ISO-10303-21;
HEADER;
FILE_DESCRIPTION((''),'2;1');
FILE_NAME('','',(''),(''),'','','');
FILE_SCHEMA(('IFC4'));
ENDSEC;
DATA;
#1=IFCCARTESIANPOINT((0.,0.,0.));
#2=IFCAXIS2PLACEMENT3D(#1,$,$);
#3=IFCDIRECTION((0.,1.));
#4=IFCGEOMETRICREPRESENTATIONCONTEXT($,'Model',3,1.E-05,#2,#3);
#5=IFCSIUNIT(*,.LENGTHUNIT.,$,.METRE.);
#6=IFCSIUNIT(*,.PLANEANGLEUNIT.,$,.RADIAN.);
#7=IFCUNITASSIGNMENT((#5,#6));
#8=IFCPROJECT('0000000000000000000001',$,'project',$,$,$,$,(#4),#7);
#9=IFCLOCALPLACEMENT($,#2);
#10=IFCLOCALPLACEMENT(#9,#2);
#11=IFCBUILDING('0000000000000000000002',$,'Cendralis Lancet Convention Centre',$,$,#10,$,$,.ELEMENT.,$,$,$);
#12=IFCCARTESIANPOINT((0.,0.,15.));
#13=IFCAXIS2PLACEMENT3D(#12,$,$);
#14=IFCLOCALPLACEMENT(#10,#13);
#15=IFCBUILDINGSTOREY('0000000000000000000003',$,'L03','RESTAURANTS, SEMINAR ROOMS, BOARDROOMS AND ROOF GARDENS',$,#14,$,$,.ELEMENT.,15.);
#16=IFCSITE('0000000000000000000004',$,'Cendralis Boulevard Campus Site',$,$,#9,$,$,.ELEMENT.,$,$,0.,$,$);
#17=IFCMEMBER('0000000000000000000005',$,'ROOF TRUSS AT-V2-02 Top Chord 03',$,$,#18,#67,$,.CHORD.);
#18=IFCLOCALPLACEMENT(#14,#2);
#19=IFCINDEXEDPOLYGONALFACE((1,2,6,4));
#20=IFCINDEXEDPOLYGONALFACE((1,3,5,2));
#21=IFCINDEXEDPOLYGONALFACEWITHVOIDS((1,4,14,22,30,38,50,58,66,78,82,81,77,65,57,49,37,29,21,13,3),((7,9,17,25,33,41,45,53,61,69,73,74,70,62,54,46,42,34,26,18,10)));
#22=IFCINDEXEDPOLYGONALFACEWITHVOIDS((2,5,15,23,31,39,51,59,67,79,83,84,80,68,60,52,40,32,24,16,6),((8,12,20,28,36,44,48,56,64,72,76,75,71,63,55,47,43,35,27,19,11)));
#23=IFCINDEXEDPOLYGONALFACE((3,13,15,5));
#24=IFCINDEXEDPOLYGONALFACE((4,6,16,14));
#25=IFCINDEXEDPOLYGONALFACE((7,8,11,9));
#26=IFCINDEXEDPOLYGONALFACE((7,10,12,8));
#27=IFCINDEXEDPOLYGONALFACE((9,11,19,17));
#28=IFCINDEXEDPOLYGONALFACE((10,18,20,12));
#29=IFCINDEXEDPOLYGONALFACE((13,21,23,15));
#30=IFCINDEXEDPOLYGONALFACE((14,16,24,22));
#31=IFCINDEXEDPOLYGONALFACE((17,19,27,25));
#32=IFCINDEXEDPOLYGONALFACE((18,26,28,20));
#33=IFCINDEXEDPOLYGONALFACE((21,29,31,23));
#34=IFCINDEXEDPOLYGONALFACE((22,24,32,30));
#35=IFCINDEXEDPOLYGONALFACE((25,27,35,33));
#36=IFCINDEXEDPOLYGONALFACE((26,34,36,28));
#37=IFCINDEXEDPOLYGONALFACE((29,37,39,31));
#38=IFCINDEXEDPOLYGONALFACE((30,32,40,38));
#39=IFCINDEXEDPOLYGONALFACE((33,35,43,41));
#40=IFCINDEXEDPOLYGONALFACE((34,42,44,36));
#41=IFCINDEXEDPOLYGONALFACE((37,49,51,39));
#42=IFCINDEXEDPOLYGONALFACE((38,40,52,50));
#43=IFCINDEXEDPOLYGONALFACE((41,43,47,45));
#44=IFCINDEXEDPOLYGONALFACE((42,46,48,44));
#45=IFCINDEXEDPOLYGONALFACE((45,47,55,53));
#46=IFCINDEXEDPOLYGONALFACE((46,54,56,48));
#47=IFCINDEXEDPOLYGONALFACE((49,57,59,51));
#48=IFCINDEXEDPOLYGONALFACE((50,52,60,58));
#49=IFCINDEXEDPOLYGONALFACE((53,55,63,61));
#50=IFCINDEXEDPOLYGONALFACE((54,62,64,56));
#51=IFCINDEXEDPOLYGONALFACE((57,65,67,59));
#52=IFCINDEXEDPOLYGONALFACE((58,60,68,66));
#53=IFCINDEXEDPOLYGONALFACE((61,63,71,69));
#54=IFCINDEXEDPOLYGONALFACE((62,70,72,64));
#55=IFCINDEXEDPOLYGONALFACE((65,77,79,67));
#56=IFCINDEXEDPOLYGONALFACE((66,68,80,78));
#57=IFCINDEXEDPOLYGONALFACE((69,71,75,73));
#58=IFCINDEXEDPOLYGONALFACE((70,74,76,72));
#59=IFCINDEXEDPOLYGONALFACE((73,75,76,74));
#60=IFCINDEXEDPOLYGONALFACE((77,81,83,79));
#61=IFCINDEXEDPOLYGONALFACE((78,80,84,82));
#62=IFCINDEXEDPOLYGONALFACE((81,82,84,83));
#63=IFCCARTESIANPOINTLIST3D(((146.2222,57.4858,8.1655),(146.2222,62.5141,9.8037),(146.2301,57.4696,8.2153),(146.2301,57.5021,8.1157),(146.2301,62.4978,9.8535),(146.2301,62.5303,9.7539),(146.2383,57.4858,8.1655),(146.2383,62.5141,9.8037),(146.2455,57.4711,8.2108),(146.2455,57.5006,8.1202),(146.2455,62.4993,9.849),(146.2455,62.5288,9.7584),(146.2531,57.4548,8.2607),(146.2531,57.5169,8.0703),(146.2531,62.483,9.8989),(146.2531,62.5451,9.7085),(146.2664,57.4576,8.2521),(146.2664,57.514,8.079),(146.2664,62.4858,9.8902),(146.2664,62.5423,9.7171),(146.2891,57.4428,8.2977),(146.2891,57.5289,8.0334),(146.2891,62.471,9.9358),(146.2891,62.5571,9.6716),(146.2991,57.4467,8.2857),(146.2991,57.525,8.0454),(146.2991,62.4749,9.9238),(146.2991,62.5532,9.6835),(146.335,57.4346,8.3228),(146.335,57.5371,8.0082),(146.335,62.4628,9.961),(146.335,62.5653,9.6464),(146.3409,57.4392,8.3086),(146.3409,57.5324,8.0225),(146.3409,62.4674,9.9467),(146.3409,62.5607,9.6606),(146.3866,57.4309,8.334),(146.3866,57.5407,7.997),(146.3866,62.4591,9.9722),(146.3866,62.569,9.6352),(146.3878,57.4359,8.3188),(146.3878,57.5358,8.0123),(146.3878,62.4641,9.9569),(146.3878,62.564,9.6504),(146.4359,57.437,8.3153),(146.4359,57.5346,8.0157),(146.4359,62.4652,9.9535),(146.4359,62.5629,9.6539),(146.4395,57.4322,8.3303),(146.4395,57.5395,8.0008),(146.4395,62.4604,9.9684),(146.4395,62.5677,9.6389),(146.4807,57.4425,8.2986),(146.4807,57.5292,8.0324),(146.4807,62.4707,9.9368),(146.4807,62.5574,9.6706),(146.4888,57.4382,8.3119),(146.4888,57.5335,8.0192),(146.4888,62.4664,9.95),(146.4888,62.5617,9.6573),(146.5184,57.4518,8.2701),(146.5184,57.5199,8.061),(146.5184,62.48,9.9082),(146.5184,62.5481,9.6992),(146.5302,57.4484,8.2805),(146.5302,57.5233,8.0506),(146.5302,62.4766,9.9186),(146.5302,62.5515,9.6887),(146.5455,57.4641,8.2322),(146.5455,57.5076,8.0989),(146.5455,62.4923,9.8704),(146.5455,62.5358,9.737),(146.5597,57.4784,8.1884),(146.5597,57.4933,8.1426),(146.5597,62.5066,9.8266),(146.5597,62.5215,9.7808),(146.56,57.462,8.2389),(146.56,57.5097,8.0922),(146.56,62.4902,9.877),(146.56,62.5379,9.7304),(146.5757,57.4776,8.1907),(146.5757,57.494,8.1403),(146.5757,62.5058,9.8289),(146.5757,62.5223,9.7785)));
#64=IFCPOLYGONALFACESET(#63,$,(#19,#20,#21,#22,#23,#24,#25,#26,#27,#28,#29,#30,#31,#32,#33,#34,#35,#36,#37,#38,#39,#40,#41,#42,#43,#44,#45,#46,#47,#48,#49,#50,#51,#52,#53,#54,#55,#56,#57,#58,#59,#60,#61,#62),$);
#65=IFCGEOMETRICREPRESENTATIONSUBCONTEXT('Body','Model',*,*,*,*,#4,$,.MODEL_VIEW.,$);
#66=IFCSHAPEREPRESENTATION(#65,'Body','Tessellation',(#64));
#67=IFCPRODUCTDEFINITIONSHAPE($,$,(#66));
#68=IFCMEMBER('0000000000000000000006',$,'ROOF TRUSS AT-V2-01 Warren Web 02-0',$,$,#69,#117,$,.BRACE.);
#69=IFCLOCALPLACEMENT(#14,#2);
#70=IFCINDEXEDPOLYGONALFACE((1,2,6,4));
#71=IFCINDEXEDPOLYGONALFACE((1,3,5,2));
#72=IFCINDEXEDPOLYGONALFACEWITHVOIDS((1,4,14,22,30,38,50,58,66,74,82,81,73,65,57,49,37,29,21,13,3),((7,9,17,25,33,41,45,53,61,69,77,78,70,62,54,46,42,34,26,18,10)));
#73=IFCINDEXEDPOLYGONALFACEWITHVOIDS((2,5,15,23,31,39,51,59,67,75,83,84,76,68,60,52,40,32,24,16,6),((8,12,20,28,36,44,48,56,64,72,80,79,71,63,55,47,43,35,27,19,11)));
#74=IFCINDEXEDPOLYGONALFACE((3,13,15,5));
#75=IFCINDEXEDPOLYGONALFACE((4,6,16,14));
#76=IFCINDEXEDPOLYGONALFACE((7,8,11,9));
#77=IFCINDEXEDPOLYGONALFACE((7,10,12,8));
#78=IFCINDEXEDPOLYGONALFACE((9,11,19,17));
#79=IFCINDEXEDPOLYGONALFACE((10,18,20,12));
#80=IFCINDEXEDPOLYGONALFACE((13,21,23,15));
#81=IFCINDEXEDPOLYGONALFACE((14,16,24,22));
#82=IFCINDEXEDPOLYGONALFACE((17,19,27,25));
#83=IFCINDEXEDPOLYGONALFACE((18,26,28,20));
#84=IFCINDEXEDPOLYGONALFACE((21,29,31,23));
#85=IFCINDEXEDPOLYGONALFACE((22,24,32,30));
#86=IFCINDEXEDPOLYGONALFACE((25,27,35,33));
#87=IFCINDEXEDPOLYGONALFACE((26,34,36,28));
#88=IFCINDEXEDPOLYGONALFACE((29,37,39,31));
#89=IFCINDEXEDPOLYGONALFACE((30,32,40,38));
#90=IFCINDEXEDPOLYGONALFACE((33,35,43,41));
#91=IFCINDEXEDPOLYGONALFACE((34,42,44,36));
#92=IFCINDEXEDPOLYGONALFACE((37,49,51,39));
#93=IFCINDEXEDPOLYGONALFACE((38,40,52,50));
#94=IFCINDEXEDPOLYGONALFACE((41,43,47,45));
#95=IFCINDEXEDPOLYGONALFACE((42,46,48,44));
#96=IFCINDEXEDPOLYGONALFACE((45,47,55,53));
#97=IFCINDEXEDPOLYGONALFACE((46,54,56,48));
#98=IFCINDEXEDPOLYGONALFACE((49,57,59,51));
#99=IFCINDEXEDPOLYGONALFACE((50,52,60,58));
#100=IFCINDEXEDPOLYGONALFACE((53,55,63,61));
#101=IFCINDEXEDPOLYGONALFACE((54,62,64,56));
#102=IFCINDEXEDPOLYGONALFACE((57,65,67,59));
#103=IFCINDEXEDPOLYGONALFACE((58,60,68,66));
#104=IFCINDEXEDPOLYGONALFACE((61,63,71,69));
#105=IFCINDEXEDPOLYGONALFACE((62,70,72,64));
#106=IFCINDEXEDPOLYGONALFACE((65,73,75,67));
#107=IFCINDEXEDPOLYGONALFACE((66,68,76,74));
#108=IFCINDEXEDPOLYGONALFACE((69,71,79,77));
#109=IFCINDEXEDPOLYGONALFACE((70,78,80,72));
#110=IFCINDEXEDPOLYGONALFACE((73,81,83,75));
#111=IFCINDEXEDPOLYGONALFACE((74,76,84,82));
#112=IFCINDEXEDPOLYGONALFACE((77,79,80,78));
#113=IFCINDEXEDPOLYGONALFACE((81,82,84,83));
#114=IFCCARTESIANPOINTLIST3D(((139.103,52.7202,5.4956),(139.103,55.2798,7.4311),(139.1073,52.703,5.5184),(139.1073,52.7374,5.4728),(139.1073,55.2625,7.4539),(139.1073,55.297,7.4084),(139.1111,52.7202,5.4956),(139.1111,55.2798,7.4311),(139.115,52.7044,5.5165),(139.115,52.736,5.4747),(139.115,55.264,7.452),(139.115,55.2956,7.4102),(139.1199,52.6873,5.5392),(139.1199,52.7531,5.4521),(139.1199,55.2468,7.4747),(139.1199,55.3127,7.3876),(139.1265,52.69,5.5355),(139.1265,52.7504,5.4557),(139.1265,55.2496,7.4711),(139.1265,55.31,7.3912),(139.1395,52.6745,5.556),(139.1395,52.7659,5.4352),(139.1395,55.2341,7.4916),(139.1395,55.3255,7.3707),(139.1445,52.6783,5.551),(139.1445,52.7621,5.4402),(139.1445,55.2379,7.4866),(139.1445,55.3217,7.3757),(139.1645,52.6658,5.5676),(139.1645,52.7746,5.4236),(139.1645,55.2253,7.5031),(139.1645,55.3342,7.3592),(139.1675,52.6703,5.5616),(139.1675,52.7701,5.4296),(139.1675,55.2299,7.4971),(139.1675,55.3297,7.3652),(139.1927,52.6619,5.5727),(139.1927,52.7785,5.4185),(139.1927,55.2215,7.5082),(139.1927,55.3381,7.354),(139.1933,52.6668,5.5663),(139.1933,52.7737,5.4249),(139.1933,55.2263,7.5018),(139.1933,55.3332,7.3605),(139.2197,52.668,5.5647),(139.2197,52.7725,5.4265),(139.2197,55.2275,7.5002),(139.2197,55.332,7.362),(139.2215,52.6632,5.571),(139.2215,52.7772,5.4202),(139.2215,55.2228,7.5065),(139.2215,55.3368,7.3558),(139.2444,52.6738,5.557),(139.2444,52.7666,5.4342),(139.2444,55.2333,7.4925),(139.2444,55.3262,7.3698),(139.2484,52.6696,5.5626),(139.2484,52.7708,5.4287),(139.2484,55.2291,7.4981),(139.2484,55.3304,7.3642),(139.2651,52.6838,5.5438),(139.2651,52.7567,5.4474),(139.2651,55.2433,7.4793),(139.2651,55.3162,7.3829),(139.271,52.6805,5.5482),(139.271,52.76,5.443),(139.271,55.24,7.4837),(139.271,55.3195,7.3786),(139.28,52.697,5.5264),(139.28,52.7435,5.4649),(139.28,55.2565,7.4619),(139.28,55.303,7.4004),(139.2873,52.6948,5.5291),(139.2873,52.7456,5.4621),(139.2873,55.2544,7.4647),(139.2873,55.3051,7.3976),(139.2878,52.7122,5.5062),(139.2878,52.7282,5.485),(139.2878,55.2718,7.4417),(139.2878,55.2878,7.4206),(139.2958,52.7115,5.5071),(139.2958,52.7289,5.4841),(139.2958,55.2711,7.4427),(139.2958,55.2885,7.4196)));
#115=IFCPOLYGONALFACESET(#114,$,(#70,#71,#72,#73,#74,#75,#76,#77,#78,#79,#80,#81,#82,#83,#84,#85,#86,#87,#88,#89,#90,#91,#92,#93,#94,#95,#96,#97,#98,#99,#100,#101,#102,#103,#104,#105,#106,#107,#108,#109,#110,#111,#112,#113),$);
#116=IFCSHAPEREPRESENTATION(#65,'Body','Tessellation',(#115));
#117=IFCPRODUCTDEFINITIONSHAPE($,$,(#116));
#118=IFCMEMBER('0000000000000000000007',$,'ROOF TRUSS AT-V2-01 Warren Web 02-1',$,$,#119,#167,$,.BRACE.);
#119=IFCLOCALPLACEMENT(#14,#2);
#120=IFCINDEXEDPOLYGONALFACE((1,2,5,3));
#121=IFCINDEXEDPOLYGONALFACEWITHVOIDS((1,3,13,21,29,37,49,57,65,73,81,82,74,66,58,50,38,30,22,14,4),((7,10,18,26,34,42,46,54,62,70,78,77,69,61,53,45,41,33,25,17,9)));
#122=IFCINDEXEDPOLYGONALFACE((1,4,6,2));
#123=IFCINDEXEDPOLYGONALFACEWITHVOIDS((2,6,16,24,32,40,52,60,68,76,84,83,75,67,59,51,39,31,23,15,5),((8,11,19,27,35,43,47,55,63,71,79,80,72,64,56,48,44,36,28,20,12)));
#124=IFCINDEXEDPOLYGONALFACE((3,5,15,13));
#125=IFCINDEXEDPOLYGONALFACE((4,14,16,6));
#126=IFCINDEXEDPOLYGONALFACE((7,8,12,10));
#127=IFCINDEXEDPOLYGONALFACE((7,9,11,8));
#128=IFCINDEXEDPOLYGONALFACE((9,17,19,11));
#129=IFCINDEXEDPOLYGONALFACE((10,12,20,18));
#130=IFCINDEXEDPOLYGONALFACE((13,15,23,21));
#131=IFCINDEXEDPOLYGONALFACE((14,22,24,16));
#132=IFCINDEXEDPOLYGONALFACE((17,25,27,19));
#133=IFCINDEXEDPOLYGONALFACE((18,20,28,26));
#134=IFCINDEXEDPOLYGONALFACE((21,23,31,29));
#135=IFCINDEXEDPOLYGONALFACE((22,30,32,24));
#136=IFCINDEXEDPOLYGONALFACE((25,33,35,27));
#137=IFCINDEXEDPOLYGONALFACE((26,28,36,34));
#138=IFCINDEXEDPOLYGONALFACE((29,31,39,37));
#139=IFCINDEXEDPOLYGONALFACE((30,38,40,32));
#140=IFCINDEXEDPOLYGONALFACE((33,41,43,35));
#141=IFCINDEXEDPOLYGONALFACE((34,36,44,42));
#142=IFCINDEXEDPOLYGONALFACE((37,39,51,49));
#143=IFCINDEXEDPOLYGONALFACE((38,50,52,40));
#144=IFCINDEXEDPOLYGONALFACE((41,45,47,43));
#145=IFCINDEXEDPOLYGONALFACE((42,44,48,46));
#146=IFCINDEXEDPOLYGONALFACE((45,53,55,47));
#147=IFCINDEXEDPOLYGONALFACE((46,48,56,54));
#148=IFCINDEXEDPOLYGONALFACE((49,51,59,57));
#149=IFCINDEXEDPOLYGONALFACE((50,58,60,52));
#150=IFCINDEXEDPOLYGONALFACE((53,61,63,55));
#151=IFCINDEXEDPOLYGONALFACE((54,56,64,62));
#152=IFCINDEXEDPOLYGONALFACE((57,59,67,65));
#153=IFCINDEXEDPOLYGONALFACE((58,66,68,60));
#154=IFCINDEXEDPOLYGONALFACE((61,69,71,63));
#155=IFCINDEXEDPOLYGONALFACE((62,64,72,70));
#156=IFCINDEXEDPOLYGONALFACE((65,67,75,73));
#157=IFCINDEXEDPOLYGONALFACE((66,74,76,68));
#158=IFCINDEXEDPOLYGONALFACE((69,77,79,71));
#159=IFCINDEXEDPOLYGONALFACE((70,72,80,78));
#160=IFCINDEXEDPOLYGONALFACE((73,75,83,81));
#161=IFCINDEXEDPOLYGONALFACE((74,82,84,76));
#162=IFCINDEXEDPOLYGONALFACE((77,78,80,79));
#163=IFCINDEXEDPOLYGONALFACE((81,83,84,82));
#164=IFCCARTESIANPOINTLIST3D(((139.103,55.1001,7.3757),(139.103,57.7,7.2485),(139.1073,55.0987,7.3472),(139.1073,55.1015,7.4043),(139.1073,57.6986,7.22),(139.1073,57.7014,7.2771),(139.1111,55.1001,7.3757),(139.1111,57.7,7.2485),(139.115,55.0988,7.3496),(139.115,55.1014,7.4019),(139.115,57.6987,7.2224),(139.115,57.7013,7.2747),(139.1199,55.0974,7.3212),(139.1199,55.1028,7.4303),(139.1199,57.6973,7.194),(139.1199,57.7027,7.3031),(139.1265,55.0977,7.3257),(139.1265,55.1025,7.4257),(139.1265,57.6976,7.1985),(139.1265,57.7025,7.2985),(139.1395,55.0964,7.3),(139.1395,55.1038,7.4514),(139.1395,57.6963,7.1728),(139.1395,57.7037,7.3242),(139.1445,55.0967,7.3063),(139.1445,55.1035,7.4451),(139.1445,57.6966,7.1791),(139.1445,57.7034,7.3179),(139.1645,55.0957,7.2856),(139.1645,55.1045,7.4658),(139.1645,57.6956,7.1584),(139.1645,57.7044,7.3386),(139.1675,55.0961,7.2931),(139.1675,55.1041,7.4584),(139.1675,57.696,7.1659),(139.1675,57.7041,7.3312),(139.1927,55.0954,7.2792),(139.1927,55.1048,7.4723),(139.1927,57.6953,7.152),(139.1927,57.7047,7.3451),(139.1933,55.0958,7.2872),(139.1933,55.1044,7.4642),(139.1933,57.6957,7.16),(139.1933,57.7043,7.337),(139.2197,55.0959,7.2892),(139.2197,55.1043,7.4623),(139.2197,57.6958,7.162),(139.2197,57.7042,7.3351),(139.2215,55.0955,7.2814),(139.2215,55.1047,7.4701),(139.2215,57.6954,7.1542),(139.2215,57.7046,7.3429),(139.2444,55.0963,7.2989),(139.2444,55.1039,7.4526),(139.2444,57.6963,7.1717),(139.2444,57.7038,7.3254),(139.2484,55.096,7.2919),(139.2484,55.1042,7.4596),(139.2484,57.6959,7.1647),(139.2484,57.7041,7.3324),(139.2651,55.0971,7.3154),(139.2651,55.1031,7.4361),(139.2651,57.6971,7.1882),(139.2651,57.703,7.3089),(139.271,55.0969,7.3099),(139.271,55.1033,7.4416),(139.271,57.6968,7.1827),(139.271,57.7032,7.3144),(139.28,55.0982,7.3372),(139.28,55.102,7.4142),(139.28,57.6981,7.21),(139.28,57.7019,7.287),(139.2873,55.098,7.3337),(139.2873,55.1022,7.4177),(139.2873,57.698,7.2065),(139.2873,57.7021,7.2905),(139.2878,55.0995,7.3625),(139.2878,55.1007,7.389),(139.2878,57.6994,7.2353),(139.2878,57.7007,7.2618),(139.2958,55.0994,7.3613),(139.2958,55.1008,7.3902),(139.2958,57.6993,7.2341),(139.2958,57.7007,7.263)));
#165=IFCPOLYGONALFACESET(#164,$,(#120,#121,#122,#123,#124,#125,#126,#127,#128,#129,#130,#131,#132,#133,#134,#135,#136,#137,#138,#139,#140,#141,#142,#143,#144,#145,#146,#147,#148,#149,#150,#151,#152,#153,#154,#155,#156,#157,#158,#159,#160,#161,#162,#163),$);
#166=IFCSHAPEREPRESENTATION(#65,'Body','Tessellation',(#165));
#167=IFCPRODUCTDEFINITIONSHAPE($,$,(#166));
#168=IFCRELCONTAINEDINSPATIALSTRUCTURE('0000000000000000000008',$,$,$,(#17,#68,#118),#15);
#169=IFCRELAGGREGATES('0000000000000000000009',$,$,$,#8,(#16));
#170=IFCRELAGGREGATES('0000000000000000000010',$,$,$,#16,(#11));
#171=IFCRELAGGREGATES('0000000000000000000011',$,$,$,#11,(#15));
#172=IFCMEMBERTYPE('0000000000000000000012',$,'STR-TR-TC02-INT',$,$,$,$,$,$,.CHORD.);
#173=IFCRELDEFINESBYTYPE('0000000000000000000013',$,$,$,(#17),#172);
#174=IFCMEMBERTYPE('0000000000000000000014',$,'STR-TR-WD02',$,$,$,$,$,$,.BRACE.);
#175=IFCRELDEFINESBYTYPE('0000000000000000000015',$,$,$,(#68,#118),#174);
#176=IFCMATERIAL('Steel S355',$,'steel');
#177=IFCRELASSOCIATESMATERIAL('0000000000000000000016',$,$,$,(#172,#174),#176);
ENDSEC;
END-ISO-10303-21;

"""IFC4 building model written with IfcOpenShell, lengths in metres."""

from ifc_helpers import new_model, si_unit, direction, frame, origin, origin_2d, place, context, subcontext, project, spatial, hollow_circle, extrude, material, material_profile, profile_set, type_object, element, save


model = new_model("IFC4")

# Units and contexts
model_context = context("Model", 3, precision=1e-05, world=origin(), true_north=direction((0.0, 1.0)))
body_context = subcontext(model_context, "Body", "Model", "MODEL_VIEW")
ifc_project = project(units=[si_unit("LENGTHUNIT", "METRE"), si_unit("PLANEANGLEUNIT", "RADIAN")], contexts=[model_context])

# Site, building, storey
site_placement = place(None, origin())
site = spatial("IfcSite", under=ifc_project, at=site_placement, Name="Cendralis Boulevard Campus Site", CompositionType="ELEMENT", RefElevation=0.0)
building_placement = place(site_placement, origin())
building = spatial("IfcBuilding", under=site, at=building_placement, Name="Cendralis Lancet Convention Centre", CompositionType="ELEMENT")
storey_placement = place(building_placement, frame((0.0, 0.0, 15.0)))
storey = spatial("IfcBuildingStorey", under=building, at=storey_placement, Name="L03", Description="RESTAURANTS, SEMINAR ROOMS, BOARDROOMS AND ROOF GARDENS", CompositionType="ELEMENT", Elevation=15.0)

# Shared definitions
ifc_material_1 = material(Name="Steel S355", Category="steel")

# Members
ifc_material_profile_1 = material_profile(ifc_material_1, hollow_circle(Radius=0.1777, WallThickness=0.0161, at=origin_2d()), Name="CHS 355.6x16.0")
ifc_profile_set_1 = profile_set([ifc_material_profile_1], Name="Steel S355")
member_type_1 = type_object("IfcMemberType", Name="STR-TR-TC02-INT", PredefinedType="CHORD", material=ifc_profile_set_1)
member_1_placement = place(storey_placement, frame((146.3999, 57.4858, 8.1655), z_axis=(0.0, 0.950813, 0.309767), x_axis=(-1.0, 0.0, 0.0)))
element("IfcMember", 1, at=member_1_placement, inside=storey, type_object=member_type_1, Name="ROOF TRUSS AT-V2-02 Top Chord 03", PredefinedType="CHORD", context=body_context, shape_type="SweptSolid", body=[
    extrude(hollow_circle(Radius=0.1777, WallThickness=0.0161, at=origin_2d()), origin(), (0.0, 0.0, 1.0), 5.2883),
])
ifc_material_profile_2 = material_profile(ifc_material_1, hollow_circle(Radius=0.0969, WallThickness=0.0081, at=origin_2d()), Name="CHS 193.7x8.0")
ifc_profile_set_2 = profile_set([ifc_material_profile_2], Name="Steel S355")
member_type_2 = type_object("IfcMemberType", Name="STR-TR-WD02", PredefinedType="BRACE", material=ifc_profile_set_2)
member_2_placement = place(storey_placement, frame((139.2, 52.7202, 5.4956), z_axis=(0.0, 0.79762, 0.60316), x_axis=(-1.0, 0.0, 0.0)))
element("IfcMember", 2, at=member_2_placement, inside=storey, type_object=member_type_2, Name="ROOF TRUSS AT-V2-01 Warren Web 02-0", PredefinedType="BRACE", context=body_context, shape_type="SweptSolid", body=[
    extrude(hollow_circle(Radius=0.0969, WallThickness=0.0081, at=origin_2d()), origin(), (0.0, 0.0, 1.0), 3.209),
])
member_3_placement = place(storey_placement, frame((139.2, 55.1001, 7.3757), z_axis=(0.0, 0.998805, -0.048866), x_axis=(-1.0, 0.0, 0.0)))
element("IfcMember", 3, at=member_3_placement, inside=storey, type_object=member_type_2, Name="ROOF TRUSS AT-V2-01 Warren Web 02-1", PredefinedType="BRACE", context=body_context, shape_type="SweptSolid", body=[
    extrude(hollow_circle(Radius=0.0969, WallThickness=0.0081, at=origin_2d()), origin(), (0.0, 0.0, 1.0), 2.603),
])

save(model, "model.ifc")
